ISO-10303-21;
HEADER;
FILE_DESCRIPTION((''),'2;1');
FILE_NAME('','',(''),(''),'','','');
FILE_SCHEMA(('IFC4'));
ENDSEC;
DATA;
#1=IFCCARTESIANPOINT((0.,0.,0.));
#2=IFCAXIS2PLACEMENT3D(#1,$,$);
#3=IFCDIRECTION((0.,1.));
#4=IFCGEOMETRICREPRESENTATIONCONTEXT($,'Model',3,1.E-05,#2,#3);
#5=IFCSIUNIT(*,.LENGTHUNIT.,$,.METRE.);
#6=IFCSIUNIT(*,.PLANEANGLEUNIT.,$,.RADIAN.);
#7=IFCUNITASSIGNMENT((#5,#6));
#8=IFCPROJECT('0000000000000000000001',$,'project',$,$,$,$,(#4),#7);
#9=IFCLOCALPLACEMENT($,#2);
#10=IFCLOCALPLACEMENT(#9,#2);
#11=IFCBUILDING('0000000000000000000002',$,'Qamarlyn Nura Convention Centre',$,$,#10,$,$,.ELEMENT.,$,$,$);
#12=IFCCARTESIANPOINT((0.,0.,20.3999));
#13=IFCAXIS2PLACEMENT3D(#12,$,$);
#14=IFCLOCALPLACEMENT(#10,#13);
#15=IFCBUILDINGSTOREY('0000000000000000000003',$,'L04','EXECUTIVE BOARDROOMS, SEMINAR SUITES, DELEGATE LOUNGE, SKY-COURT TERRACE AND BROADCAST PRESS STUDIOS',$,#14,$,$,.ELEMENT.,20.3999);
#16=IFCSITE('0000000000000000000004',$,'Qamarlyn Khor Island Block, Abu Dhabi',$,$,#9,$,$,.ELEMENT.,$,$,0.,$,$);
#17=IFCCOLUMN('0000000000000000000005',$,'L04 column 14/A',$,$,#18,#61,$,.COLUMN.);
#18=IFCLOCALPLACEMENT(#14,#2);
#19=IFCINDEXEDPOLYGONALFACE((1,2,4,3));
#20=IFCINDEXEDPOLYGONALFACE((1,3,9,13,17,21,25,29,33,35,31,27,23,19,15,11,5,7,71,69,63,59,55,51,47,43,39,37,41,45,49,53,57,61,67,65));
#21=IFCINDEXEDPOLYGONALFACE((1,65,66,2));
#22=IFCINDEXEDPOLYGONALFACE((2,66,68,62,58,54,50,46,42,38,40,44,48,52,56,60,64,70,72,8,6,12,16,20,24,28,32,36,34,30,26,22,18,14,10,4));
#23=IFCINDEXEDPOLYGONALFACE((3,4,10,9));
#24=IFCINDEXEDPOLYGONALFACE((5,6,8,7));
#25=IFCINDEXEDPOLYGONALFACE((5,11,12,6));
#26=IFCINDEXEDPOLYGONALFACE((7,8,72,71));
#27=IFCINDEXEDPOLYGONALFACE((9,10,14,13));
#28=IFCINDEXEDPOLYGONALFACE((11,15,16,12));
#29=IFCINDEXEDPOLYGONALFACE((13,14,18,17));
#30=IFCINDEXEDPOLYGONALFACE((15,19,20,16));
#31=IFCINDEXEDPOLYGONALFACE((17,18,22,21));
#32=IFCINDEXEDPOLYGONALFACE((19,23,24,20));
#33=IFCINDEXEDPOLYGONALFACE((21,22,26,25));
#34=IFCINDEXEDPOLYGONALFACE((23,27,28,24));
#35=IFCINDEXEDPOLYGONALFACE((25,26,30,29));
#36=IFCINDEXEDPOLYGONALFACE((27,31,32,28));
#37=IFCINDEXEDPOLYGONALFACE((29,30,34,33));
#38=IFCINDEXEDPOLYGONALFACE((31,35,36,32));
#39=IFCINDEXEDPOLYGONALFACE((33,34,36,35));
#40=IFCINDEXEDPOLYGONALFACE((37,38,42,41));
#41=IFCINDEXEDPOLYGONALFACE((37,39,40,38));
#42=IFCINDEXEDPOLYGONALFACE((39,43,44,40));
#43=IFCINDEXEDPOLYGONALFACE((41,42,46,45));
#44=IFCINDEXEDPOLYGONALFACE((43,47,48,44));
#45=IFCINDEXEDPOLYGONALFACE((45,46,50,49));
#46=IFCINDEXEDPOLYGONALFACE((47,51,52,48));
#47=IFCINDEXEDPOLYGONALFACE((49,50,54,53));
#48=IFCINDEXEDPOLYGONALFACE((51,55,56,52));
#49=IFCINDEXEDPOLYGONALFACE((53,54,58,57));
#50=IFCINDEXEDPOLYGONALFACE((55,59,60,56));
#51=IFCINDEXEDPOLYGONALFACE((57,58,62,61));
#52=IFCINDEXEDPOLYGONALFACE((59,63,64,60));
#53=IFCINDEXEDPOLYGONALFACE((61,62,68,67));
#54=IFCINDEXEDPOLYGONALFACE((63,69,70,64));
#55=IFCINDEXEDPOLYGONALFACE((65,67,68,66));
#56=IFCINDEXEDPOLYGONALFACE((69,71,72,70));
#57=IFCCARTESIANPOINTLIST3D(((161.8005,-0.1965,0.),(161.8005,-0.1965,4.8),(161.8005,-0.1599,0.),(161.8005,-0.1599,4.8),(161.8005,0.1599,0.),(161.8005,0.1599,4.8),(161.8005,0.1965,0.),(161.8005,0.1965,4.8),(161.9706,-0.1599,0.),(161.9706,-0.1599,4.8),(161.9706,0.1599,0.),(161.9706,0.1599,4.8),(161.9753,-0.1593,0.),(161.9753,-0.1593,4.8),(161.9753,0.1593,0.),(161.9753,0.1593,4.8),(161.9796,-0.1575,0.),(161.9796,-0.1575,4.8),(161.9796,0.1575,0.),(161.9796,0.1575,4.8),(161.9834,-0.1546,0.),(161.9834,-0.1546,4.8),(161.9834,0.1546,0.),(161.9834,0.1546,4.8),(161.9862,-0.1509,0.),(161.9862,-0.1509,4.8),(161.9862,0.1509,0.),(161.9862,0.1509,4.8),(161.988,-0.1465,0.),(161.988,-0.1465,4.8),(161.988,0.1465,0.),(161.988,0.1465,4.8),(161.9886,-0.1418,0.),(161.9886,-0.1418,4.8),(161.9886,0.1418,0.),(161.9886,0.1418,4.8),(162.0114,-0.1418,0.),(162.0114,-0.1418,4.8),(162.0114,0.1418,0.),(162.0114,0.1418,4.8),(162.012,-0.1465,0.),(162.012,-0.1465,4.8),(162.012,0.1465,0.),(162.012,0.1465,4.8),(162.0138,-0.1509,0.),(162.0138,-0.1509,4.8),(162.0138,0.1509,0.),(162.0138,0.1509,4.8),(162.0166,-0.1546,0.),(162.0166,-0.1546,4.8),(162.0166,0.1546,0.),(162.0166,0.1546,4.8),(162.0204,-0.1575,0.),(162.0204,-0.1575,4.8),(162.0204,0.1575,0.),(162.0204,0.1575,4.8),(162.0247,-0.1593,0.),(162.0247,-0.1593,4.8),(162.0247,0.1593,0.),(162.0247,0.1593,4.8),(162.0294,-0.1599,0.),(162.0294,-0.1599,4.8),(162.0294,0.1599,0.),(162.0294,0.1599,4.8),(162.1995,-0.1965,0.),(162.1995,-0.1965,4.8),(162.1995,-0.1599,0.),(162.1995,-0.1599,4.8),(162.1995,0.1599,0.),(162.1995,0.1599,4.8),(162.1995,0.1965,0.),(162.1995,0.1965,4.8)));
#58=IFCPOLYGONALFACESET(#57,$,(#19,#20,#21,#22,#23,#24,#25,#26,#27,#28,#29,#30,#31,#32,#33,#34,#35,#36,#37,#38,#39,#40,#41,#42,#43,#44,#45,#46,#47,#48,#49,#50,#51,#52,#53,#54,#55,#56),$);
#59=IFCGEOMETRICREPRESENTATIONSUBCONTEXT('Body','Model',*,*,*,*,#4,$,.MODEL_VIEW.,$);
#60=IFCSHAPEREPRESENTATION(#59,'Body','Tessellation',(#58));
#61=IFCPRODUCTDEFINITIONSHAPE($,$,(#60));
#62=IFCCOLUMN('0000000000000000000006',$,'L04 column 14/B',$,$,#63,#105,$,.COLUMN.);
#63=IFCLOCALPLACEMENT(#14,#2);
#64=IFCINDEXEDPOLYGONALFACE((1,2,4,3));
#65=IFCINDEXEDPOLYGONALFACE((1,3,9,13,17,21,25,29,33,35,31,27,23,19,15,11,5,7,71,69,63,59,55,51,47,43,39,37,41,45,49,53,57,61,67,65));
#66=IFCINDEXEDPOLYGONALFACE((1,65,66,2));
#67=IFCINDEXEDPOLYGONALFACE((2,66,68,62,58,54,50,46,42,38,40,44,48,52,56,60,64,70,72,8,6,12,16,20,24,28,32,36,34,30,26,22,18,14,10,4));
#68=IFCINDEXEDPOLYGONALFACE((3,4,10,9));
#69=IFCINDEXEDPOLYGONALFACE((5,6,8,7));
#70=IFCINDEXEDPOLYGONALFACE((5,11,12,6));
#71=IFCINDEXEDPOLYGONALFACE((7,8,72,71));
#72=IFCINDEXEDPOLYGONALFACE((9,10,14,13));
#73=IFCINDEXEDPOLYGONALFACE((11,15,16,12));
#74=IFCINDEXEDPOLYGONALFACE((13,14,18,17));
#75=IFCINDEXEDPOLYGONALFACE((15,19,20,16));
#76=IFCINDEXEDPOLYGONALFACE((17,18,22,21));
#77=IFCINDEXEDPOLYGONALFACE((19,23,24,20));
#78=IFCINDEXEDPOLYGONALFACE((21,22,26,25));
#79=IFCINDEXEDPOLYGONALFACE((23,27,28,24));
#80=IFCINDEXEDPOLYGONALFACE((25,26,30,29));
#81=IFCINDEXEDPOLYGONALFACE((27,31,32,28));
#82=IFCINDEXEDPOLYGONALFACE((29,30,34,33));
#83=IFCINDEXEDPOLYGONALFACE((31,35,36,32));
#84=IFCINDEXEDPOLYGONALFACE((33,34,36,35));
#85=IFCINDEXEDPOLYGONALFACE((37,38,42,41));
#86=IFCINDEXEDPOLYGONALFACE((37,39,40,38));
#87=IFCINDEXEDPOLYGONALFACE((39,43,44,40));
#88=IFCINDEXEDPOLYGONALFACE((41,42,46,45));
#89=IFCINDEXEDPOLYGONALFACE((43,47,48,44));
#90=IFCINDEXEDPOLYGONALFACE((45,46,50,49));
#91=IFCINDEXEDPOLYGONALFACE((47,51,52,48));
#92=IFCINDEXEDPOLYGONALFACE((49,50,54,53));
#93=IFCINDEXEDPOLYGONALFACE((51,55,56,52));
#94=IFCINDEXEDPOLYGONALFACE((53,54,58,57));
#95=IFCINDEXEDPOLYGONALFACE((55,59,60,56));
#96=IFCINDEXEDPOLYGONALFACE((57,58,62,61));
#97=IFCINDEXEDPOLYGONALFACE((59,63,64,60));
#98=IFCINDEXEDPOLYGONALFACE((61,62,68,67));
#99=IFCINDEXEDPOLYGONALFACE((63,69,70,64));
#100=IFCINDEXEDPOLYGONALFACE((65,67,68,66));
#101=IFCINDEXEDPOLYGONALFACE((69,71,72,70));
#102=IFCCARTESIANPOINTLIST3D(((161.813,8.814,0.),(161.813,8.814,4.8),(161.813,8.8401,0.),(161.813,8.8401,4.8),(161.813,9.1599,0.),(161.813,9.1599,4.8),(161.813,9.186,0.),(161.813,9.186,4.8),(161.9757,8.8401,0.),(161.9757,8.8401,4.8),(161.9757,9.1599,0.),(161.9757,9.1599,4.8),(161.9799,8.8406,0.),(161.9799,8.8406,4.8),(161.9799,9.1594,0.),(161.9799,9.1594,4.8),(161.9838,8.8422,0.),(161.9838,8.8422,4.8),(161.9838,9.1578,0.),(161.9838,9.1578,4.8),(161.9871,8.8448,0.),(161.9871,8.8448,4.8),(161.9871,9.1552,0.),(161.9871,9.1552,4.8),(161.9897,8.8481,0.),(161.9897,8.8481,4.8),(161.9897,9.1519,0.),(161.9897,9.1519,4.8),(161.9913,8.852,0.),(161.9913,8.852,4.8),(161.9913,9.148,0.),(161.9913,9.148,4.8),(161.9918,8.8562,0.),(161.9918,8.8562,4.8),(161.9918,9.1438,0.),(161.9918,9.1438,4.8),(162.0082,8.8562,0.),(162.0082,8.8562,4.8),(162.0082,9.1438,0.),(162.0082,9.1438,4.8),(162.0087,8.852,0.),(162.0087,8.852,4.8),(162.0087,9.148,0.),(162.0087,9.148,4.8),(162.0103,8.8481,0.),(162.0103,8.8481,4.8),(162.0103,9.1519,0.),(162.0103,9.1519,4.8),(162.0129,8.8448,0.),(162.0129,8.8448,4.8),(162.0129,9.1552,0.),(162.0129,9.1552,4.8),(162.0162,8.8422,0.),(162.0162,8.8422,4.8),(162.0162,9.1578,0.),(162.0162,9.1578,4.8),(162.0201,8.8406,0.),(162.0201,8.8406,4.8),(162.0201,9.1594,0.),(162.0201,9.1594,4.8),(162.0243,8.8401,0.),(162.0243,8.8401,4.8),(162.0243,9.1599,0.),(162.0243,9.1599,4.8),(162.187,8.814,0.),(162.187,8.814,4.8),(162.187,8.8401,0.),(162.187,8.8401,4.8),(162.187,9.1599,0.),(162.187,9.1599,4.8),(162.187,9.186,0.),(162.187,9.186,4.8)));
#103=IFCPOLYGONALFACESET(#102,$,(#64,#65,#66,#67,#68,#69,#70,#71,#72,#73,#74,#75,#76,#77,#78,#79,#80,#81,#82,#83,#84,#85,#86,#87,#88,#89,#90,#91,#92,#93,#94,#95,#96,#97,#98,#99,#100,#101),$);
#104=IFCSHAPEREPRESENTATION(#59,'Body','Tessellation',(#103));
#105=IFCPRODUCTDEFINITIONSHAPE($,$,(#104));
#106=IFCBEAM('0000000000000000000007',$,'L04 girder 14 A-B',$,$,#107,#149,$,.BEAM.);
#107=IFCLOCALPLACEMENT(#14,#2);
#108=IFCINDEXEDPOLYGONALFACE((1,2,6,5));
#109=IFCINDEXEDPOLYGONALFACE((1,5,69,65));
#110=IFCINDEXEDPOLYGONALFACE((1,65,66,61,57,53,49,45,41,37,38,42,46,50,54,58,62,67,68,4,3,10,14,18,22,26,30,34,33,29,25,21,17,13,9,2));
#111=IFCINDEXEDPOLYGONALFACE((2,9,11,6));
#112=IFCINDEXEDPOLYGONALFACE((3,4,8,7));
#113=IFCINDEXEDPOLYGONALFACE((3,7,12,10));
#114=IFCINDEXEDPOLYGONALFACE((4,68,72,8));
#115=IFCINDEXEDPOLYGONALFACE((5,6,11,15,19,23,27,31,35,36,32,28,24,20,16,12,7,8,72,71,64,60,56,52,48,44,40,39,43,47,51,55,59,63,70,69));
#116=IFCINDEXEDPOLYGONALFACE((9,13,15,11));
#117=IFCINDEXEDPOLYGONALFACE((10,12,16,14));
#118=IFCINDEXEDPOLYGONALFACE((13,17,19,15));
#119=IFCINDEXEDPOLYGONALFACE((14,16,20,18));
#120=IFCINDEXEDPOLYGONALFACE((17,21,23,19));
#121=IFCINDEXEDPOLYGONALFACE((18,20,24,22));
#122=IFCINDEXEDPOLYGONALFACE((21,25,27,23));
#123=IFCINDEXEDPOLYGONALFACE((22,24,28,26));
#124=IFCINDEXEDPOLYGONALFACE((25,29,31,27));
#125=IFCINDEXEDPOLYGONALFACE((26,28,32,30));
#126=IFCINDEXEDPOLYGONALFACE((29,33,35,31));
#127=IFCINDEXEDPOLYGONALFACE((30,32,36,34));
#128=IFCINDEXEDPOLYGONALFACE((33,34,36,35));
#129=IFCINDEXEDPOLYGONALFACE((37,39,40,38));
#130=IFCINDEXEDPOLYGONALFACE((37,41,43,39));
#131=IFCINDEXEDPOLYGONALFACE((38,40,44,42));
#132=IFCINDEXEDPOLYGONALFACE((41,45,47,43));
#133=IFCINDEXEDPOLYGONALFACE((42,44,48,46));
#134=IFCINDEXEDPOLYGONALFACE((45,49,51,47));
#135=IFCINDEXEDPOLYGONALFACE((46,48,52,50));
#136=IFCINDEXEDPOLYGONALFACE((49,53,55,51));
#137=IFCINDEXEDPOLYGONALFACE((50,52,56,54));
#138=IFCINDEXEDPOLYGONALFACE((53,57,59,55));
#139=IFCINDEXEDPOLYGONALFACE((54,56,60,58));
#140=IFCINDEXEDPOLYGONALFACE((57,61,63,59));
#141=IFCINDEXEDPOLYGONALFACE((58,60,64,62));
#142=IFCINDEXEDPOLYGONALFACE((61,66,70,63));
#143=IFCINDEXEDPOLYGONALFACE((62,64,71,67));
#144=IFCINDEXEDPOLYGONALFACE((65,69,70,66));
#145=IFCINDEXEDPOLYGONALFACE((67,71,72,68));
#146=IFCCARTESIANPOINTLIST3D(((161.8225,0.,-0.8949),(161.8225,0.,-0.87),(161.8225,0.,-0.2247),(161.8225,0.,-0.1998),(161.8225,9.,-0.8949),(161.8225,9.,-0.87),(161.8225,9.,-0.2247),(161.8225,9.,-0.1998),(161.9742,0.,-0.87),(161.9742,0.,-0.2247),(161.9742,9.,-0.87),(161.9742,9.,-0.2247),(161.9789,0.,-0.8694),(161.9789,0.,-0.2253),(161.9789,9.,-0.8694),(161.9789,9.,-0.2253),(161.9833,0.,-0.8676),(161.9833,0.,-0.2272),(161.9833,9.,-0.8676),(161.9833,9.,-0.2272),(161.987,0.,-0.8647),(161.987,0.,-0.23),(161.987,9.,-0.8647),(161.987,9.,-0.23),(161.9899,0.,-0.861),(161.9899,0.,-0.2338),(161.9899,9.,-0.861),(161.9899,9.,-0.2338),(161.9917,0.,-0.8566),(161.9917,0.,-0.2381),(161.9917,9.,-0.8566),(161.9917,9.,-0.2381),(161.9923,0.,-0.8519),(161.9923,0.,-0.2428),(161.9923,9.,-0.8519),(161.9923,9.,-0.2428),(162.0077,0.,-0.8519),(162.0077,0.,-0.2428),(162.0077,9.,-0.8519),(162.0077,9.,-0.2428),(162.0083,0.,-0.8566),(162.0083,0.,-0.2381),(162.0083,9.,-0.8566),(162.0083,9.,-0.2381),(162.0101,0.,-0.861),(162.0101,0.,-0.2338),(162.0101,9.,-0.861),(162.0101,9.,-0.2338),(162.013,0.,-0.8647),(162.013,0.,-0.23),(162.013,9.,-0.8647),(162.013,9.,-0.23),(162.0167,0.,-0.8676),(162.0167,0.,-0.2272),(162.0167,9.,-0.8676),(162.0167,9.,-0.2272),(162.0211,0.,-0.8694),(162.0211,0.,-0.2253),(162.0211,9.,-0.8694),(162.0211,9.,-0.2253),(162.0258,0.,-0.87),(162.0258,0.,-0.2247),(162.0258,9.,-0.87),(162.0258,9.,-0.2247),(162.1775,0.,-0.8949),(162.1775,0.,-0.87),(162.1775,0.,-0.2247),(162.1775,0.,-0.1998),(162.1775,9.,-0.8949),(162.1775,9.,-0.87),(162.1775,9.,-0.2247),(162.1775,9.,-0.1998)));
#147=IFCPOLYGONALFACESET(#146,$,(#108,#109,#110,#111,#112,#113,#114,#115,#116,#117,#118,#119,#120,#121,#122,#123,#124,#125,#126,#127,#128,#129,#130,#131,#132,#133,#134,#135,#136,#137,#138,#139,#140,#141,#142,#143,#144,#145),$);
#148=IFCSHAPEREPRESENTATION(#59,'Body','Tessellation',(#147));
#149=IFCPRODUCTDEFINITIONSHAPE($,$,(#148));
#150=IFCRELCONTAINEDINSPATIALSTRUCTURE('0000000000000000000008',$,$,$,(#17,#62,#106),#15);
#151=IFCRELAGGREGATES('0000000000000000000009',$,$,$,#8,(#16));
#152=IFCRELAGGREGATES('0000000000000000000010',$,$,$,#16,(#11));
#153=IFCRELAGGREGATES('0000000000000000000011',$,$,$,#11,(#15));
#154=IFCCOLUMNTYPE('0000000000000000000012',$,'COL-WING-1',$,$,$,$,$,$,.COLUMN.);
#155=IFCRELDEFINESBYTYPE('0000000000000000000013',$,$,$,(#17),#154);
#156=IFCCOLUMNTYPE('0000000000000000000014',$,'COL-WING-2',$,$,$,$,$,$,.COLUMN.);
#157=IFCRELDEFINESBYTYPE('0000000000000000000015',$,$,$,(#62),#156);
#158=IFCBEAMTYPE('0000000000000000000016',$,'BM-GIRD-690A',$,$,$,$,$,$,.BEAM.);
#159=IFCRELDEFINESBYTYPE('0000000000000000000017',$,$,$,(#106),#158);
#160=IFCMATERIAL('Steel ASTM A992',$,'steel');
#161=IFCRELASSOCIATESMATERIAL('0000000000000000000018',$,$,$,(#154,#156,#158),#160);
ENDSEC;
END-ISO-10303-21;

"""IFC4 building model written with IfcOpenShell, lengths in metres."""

from ifc_helpers import new_model, si_unit, direction, frame, origin, origin_2d, place, context, subcontext, project, spatial, i_section, extrude, material, material_profile, profile_set, type_object, element, save


model = new_model("IFC4")

# Units and contexts
model_context = context("Model", 3, precision=1e-05, world=origin(), true_north=direction((0.0, 1.0)))
body_context = subcontext(model_context, "Body", "Model", "MODEL_VIEW")
ifc_project = project(units=[si_unit("LENGTHUNIT", "METRE"), si_unit("PLANEANGLEUNIT", "RADIAN")], contexts=[model_context])

# Site, building, storey
site_placement = place(None, origin())
site = spatial("IfcSite", under=ifc_project, at=site_placement, Name="Qamarlyn Khor Island Block, Abu Dhabi", CompositionType="ELEMENT", RefElevation=0.0)
building_placement = place(site_placement, origin())
building = spatial("IfcBuilding", under=site, at=building_placement, Name="Qamarlyn Nura Convention Centre", CompositionType="ELEMENT")
storey_placement = place(building_placement, frame((0.0, 0.0, 20.3999)))
storey = spatial("IfcBuildingStorey", under=building, at=storey_placement, Name="L04", Description="EXECUTIVE BOARDROOMS, SEMINAR SUITES, DELEGATE LOUNGE, SKY-COURT TERRACE AND BROADCAST PRESS STUDIOS", CompositionType="ELEMENT", Elevation=20.3999)

# Columns
ifc_material_1 = material(Name="Steel ASTM A992", Category="steel")
ifc_material_profile_1 = material_profile(ifc_material_1, i_section(OverallWidth=0.3989, OverallDepth=0.3931, WebThickness=0.0227, FlangeThickness=0.0366, FilletRadius=0.0181, at=origin_2d()), Name="W360X287")
ifc_profile_set_1 = profile_set([ifc_material_profile_1], Name="Steel ASTM A992")
column_type_1 = type_object("IfcColumnType", Name="COL-WING-1", PredefinedType="COLUMN", material=ifc_profile_set_1)
column_1_placement = place(storey_placement, frame((162.0, 0.0, 0.0), z_axis=(0.0, 0.0, 1.0), x_axis=(1.0, 0.0, 0.0)))
element("IfcColumn", 1, at=column_1_placement, inside=storey, type_object=column_type_1, Name="L04 column 14/A", PredefinedType="COLUMN", context=body_context, shape_type="SweptSolid", body=[
    extrude(i_section(OverallWidth=0.3989, OverallDepth=0.3931, WebThickness=0.0227, FlangeThickness=0.0366, FilletRadius=0.0181, at=origin_2d()), origin(), (0.0, 0.0, 1.0), 4.8),
])
ifc_material_profile_2 = material_profile(ifc_material_1, i_section(OverallWidth=0.374, OverallDepth=0.3721, WebThickness=0.0164, FlangeThickness=0.0261, FilletRadius=0.0161, at=origin_2d()), Name="W360X196")
ifc_profile_set_2 = profile_set([ifc_material_profile_2], Name="Steel ASTM A992")
column_type_2 = type_object("IfcColumnType", Name="COL-WING-2", PredefinedType="COLUMN", material=ifc_profile_set_2)
column_2_placement = place(storey_placement, frame((162.0, 9.0, 0.0), z_axis=(0.0, 0.0, 1.0), x_axis=(1.0, 0.0, 0.0)))
element("IfcColumn", 2, at=column_2_placement, inside=storey, type_object=column_type_2, Name="L04 column 14/B", PredefinedType="COLUMN", context=body_context, shape_type="SweptSolid", body=[
    extrude(i_section(OverallWidth=0.374, OverallDepth=0.3721, WebThickness=0.0164, FlangeThickness=0.0261, FilletRadius=0.0161, at=origin_2d()), origin(), (0.0, 0.0, 1.0), 4.8),
])

# Beam
ifc_material_profile_3 = material_profile(ifc_material_1, i_section(OverallWidth=0.355, OverallDepth=0.6951, WebThickness=0.0154, FlangeThickness=0.0249, FilletRadius=0.0181, at=origin_2d()), Name="W690X217")
ifc_profile_set_3 = profile_set([ifc_material_profile_3], Name="Steel ASTM A992")
beam_type_1 = type_object("IfcBeamType", Name="BM-GIRD-690A", PredefinedType="BEAM", material=ifc_profile_set_3)
beam_1_placement = place(storey_placement, frame((162.0, 0.0, -0.5474), z_axis=(0.0, 1.0, 0.0), x_axis=(-1.0, 0.0, 0.0)))
element("IfcBeam", 3, at=beam_1_placement, inside=storey, type_object=beam_type_1, Name="L04 girder 14 A-B", PredefinedType="BEAM", context=body_context, shape_type="SweptSolid", body=[
    extrude(i_section(OverallWidth=0.355, OverallDepth=0.6951, WebThickness=0.0154, FlangeThickness=0.0249, FilletRadius=0.0181, at=origin_2d()), origin(), (0.0, 0.0, 1.0), 9.0),
])

save(model, "model.ifc")
